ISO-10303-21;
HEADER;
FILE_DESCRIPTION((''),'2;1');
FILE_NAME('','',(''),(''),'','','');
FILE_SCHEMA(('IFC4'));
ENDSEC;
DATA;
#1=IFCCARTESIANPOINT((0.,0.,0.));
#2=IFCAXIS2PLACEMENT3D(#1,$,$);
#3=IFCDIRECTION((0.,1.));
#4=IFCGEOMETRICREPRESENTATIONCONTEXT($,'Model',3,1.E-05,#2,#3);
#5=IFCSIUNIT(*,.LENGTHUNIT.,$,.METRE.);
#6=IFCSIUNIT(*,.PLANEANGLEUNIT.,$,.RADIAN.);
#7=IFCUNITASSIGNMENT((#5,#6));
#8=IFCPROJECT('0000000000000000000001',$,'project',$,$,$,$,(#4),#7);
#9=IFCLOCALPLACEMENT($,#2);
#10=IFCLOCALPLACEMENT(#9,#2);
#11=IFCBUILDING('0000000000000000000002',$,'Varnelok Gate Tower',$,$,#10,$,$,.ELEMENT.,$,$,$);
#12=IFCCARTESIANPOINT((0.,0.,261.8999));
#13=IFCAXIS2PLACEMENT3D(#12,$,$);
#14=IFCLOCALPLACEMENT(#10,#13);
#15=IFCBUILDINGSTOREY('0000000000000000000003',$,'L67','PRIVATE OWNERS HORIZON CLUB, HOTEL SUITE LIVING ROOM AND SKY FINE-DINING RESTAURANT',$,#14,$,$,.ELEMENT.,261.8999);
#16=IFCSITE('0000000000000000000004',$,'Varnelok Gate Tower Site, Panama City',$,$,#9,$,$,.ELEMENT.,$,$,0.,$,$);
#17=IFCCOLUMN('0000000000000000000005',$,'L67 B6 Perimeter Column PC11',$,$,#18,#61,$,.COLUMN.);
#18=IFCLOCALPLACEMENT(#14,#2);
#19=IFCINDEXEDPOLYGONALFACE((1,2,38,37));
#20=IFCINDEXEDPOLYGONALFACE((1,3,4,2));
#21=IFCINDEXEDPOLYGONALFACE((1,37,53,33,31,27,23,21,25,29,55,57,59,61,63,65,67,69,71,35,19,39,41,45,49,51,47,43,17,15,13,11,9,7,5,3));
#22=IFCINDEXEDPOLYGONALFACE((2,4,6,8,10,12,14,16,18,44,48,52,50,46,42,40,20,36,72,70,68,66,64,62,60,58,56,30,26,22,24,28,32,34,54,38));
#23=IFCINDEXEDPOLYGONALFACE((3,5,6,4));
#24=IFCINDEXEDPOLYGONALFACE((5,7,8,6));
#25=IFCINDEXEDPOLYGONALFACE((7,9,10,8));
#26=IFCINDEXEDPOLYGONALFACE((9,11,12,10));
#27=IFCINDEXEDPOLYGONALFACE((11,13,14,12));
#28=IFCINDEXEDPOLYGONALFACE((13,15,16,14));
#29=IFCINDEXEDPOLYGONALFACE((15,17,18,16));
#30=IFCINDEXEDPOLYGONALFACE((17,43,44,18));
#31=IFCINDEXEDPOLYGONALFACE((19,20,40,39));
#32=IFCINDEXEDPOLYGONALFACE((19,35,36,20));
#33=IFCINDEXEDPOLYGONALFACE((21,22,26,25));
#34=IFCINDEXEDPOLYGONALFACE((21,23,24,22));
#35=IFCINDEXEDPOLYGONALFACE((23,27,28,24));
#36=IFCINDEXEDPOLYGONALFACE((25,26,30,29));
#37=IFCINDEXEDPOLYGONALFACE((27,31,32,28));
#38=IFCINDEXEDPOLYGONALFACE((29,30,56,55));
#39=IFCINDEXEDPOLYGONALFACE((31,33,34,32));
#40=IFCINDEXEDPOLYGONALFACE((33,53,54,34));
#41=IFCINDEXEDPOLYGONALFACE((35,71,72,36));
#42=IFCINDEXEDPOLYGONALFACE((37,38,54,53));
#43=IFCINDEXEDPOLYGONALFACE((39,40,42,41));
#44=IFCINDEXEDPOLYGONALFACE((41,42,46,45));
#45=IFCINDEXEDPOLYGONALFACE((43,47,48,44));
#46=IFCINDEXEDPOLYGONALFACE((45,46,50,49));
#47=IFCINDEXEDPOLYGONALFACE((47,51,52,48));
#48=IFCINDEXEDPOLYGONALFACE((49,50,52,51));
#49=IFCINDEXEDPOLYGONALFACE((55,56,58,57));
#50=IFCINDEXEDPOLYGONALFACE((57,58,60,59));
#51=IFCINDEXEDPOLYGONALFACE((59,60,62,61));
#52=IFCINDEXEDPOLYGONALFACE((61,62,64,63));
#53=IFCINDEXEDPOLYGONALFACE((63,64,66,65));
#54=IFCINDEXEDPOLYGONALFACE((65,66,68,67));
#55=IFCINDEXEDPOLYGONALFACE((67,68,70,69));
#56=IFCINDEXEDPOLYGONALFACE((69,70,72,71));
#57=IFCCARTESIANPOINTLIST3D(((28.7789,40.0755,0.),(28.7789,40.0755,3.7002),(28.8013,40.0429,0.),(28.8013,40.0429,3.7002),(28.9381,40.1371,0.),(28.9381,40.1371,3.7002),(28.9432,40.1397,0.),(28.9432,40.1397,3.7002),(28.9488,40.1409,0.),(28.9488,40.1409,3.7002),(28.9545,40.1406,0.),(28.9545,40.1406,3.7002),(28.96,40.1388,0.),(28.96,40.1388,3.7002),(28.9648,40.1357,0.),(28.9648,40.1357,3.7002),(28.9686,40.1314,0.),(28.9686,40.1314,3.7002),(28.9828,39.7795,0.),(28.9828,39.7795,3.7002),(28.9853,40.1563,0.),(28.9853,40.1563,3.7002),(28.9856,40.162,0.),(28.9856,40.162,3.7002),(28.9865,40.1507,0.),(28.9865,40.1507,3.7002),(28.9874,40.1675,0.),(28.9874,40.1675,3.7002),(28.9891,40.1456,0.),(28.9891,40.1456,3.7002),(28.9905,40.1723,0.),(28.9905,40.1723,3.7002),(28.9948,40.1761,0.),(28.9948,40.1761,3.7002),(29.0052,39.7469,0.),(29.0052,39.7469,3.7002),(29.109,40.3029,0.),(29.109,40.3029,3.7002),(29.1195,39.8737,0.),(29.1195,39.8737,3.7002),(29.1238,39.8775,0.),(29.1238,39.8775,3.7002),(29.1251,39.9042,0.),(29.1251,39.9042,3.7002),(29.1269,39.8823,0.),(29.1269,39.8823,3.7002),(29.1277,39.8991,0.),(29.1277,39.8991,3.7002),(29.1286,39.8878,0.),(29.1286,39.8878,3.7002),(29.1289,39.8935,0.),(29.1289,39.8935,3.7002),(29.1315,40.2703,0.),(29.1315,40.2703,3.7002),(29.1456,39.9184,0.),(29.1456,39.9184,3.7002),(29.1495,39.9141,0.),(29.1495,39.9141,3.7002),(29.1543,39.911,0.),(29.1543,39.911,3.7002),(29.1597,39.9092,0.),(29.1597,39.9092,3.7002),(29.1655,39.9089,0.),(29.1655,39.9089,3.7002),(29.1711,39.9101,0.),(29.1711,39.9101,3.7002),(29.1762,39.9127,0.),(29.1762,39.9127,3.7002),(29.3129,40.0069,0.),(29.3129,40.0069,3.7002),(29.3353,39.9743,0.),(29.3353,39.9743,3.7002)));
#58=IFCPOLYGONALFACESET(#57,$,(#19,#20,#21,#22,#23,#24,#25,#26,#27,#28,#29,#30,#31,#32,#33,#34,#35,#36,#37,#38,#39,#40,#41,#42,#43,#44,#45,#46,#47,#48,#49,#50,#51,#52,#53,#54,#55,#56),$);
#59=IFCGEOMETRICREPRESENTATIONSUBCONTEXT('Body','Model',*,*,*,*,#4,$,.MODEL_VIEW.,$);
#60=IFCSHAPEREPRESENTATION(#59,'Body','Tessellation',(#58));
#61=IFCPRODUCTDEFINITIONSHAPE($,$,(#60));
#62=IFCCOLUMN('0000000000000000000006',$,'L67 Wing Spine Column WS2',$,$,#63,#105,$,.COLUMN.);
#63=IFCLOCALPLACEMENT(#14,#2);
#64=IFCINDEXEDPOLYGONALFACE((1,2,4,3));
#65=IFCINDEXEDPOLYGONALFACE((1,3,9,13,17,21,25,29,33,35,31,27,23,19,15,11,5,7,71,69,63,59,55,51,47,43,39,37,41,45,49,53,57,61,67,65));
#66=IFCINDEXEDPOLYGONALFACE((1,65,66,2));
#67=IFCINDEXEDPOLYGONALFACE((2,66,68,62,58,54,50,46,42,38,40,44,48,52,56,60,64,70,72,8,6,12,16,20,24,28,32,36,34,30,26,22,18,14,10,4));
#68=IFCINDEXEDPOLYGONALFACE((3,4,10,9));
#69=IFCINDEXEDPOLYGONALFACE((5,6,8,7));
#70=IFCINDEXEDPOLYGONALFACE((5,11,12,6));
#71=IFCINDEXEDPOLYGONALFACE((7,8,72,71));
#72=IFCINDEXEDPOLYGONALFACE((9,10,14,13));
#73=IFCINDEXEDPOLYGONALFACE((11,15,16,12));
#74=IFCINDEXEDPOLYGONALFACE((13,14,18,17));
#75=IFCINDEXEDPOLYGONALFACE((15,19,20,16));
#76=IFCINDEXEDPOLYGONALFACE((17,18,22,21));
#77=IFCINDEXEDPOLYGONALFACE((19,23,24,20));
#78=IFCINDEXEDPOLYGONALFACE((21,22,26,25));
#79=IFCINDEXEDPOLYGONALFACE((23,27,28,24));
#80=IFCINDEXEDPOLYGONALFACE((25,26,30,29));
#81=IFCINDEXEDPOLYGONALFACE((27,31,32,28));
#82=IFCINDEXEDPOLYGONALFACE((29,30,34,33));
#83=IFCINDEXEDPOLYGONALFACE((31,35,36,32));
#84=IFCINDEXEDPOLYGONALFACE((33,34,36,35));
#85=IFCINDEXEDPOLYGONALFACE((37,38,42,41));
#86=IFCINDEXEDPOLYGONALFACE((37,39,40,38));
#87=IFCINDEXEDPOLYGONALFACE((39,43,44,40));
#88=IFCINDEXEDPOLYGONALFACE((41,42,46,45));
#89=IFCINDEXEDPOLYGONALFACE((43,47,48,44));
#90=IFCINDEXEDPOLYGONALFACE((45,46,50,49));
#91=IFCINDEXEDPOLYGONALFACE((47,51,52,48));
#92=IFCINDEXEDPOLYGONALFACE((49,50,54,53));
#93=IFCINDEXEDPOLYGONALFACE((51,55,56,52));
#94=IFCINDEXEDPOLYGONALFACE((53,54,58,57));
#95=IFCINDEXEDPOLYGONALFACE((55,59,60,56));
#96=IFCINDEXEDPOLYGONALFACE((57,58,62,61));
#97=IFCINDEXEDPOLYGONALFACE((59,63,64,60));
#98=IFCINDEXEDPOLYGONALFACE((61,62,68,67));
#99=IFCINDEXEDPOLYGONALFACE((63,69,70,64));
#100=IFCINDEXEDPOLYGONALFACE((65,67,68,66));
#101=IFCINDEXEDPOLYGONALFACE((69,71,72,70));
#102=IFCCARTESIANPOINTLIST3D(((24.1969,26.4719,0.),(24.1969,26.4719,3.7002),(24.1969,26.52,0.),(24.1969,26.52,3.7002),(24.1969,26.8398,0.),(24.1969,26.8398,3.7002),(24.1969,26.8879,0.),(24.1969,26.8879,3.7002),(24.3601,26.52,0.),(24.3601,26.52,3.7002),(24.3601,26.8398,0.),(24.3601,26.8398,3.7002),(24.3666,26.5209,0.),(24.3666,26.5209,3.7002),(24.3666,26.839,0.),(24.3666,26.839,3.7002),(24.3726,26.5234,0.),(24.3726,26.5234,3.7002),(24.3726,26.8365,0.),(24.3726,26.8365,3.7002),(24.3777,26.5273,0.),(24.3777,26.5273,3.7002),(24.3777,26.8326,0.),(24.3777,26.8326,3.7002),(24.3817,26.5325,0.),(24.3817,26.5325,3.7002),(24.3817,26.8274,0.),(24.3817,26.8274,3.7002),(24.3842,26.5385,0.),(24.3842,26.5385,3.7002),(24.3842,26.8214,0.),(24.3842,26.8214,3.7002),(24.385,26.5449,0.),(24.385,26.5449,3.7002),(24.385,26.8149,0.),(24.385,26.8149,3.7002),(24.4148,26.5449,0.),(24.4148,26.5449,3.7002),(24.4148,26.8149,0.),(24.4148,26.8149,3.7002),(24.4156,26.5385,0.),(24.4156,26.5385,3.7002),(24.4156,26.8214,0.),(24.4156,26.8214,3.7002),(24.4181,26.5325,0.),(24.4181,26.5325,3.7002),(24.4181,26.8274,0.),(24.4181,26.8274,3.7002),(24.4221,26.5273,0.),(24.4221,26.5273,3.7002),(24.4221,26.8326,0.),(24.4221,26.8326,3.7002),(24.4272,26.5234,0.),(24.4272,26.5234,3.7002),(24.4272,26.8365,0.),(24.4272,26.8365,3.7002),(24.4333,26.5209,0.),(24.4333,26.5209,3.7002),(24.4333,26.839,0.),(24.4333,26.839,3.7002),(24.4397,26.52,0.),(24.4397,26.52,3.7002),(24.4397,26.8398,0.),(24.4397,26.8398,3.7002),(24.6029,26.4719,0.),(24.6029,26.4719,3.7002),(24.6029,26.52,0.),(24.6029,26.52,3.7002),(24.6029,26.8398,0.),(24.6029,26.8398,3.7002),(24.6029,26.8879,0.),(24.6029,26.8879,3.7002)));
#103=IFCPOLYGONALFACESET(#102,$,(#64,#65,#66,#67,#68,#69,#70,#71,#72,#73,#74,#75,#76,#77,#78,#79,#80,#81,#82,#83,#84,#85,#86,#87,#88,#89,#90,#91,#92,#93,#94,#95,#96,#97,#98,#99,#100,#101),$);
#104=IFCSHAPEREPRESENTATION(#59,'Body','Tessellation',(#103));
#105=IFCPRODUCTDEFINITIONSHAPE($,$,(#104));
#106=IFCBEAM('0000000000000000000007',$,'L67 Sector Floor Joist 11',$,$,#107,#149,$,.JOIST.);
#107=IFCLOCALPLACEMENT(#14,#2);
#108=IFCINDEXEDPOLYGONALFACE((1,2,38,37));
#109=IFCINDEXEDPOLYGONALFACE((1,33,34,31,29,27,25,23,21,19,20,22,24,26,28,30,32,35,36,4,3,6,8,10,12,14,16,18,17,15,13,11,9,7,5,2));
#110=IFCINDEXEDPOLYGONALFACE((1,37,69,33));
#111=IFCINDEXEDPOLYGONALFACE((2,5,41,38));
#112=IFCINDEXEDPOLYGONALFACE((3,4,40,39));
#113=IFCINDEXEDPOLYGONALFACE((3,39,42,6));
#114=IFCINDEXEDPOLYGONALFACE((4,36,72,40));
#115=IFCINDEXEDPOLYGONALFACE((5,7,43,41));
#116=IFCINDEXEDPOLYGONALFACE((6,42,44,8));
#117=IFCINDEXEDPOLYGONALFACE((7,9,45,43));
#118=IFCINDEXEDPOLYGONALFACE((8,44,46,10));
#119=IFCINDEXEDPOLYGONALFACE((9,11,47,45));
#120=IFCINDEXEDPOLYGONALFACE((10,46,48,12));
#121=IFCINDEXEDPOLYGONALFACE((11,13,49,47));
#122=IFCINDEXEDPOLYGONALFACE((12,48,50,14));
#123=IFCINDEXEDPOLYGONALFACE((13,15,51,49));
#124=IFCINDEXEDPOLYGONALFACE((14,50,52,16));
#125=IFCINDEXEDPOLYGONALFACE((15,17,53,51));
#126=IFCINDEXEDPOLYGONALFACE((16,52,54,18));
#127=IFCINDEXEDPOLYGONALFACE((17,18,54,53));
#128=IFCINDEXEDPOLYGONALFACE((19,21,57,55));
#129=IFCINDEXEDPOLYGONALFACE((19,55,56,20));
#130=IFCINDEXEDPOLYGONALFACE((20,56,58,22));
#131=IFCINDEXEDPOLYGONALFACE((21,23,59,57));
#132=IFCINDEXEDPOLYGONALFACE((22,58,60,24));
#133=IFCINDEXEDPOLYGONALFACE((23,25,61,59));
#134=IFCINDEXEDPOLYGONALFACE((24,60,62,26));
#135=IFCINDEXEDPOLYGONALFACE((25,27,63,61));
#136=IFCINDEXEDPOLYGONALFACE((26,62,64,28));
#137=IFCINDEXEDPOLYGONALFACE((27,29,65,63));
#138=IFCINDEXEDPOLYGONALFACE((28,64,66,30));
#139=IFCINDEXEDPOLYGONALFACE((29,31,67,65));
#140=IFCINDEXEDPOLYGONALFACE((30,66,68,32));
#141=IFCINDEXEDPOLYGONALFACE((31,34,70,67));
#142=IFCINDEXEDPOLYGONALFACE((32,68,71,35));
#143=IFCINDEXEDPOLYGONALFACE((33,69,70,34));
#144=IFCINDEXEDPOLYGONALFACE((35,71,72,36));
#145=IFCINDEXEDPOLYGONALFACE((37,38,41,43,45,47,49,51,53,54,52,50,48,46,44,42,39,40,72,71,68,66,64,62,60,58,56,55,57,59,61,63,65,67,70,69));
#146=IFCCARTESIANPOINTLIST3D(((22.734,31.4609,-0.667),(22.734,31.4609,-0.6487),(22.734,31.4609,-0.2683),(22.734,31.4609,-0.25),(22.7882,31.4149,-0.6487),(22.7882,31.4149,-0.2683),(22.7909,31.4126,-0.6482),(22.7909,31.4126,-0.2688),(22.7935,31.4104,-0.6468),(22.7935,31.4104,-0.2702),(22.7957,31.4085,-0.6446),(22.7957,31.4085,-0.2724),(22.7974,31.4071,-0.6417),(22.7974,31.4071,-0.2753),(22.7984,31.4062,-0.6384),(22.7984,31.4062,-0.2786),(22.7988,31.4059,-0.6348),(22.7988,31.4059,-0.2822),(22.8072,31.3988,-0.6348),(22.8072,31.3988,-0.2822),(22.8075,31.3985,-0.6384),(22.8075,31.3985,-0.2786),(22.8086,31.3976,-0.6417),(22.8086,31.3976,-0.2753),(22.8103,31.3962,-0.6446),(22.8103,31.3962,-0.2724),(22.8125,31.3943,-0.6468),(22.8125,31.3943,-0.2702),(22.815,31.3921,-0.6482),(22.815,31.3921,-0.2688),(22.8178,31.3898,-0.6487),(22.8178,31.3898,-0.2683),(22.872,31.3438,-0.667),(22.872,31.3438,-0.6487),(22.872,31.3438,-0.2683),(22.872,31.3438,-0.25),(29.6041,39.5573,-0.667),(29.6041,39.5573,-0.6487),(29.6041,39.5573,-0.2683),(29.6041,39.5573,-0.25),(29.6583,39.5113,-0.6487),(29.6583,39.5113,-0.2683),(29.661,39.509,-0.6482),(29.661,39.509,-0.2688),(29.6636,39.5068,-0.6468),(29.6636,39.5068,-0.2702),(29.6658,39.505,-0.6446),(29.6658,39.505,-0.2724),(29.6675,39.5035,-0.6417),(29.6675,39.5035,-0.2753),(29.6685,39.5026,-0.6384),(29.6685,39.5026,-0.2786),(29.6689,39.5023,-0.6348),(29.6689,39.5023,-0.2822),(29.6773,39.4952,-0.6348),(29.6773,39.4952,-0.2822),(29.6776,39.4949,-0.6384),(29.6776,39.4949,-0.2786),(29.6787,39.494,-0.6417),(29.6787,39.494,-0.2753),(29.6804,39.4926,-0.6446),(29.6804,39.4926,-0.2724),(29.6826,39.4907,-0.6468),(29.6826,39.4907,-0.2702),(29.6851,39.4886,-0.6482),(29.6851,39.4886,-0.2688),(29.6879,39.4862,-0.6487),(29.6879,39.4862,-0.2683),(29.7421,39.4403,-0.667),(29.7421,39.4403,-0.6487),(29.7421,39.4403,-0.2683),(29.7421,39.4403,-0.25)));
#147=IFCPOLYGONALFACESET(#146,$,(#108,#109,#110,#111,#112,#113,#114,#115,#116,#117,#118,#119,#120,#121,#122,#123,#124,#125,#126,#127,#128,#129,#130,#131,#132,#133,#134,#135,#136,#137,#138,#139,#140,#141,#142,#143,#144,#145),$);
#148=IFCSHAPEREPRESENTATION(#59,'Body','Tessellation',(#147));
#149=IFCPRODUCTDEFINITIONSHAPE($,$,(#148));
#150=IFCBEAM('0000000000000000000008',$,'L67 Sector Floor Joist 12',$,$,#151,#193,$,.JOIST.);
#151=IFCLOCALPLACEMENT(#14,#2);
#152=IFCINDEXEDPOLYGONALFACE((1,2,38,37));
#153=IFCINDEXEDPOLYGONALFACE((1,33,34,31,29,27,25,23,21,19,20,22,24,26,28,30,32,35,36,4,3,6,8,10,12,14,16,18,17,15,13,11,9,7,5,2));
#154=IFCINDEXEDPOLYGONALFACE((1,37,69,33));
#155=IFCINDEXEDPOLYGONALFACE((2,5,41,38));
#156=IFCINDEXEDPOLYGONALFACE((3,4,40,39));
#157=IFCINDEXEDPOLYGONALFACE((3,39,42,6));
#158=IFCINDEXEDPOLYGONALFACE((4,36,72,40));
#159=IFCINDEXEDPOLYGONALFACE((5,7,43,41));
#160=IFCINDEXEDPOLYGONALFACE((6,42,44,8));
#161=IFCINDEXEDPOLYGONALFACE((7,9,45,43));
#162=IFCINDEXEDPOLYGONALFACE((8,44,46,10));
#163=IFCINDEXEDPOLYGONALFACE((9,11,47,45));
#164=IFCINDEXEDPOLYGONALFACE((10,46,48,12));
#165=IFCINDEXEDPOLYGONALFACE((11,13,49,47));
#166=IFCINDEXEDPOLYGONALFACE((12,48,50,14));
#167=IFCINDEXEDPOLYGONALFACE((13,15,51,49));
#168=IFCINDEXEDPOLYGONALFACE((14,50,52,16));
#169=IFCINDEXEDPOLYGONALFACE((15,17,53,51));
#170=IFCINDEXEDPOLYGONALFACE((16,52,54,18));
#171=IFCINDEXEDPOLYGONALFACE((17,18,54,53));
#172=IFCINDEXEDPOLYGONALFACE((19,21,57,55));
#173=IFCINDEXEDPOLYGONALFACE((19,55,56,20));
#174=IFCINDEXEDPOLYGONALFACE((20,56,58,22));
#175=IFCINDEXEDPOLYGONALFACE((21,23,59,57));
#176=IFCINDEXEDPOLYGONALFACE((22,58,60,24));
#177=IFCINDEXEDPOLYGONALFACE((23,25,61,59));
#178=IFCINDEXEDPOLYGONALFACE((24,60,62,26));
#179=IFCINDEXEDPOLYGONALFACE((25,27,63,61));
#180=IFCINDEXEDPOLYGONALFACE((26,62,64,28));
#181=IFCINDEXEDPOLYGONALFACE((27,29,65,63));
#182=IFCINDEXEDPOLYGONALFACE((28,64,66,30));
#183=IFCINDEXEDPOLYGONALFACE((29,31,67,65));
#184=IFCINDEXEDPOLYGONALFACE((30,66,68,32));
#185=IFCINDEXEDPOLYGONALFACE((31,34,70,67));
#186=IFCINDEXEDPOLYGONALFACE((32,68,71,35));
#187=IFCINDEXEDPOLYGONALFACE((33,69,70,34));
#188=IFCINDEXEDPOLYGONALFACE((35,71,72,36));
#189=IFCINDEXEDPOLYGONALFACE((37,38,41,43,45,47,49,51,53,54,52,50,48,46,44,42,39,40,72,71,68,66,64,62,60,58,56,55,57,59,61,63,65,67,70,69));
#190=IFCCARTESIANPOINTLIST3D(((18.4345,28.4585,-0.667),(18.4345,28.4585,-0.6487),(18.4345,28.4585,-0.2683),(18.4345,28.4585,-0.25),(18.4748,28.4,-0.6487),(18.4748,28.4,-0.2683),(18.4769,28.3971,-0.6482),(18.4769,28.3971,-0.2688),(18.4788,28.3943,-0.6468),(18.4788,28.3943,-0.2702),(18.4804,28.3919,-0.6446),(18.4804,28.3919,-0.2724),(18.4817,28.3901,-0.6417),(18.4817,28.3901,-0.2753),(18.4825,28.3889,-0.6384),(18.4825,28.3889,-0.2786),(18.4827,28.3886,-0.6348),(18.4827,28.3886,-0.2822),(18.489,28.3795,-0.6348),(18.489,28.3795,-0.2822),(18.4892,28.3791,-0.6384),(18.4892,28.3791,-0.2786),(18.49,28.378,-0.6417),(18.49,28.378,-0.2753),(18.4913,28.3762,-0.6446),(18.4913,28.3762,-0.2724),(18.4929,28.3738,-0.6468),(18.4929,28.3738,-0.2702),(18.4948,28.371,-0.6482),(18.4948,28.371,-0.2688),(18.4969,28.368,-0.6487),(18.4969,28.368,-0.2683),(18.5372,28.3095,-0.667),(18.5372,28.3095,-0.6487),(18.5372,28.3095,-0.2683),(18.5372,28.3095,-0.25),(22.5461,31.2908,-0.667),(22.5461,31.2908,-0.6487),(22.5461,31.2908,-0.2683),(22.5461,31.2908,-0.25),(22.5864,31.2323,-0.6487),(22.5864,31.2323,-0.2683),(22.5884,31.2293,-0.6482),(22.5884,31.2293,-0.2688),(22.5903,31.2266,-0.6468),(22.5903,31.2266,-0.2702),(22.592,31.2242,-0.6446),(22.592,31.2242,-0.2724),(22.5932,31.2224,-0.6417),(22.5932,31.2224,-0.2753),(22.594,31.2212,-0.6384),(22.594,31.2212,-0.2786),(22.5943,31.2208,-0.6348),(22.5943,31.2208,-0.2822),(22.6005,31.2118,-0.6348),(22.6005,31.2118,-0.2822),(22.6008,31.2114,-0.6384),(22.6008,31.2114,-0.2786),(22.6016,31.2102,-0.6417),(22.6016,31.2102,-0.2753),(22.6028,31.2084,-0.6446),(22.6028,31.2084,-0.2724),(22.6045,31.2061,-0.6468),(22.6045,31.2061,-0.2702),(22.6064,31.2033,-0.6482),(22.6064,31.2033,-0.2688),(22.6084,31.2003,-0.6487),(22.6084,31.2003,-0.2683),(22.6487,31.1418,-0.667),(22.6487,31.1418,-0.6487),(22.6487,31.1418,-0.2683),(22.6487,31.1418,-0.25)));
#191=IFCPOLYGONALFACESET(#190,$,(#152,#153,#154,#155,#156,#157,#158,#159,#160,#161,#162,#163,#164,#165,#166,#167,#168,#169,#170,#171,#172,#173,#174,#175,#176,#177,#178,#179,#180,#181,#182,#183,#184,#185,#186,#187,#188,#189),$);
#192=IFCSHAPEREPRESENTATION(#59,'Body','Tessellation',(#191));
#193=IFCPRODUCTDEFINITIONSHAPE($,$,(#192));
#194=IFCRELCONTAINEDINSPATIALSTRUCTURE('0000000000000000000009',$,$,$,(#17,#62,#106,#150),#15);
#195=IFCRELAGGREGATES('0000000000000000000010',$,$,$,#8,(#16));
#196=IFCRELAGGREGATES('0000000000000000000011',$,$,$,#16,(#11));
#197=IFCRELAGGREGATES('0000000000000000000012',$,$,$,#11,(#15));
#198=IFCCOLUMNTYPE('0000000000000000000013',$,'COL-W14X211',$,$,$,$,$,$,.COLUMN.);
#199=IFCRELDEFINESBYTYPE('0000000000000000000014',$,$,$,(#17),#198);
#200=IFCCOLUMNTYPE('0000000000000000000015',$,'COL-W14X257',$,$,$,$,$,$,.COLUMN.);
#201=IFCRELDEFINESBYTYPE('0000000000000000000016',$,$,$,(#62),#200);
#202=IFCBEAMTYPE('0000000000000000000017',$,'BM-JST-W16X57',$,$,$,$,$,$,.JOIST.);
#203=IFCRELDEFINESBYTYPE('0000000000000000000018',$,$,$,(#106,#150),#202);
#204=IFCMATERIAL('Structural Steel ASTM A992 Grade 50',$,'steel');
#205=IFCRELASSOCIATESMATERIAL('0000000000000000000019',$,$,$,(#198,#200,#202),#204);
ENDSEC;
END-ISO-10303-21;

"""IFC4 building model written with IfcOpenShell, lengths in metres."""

from ifc_helpers import new_model, si_unit, direction, frame, origin, origin_2d, place, context, subcontext, project, spatial, i_section, extrude, material, material_profile, profile_set, type_object, element, save


model = new_model("IFC4")

# Units and contexts
model_context = context("Model", 3, precision=1e-05, world=origin(), true_north=direction((0.0, 1.0)))
body_context = subcontext(model_context, "Body", "Model", "MODEL_VIEW")
ifc_project = project(units=[si_unit("LENGTHUNIT", "METRE"), si_unit("PLANEANGLEUNIT", "RADIAN")], contexts=[model_context])

# Site, building, storey
site_placement = place(None, origin())
site = spatial("IfcSite", under=ifc_project, at=site_placement, Name="Varnelok Gate Tower Site, Panama City", CompositionType="ELEMENT", RefElevation=0.0)
building_placement = place(site_placement, origin())
building = spatial("IfcBuilding", under=site, at=building_placement, Name="Varnelok Gate Tower", CompositionType="ELEMENT")
storey_placement = place(building_placement, frame((0.0, 0.0, 261.8999)))
storey = spatial("IfcBuildingStorey", under=building, at=storey_placement, Name="L67", Description="PRIVATE OWNERS HORIZON CLUB, HOTEL SUITE LIVING ROOM AND SKY FINE-DINING RESTAURANT", CompositionType="ELEMENT", Elevation=261.8999)

# Columns
ifc_material_1 = material(Name="Structural Steel ASTM A992 Grade 50", Category="steel")
ifc_material_profile_1 = material_profile(ifc_material_1, i_section(OverallWidth=0.4009, OverallDepth=0.3989, WebThickness=0.0249, FlangeThickness=0.0396, FilletRadius=0.022, at=origin_2d()), Name="W14X211")
ifc_profile_set_1 = profile_set([ifc_material_profile_1], Name="Structural Steel ASTM A992 Grade 50")
column_type_1 = type_object("IfcColumnType", Name="COL-W14X211", PredefinedType="COLUMN", material=ifc_profile_set_1)
column_1_placement = place(storey_placement, frame((29.0571, 40.0249, 0.0), z_axis=(0.0, 0.0, 1.0), x_axis=(0.823533, 0.567269, 0.0)))
element("IfcColumn", 1, at=column_1_placement, inside=storey, type_object=column_type_1, Name="L67 B6 Perimeter Column PC11", PredefinedType="COLUMN", context=body_context, shape_type="SweptSolid", body=[
    extrude(i_section(OverallWidth=0.4009, OverallDepth=0.3989, WebThickness=0.0249, FlangeThickness=0.0396, FilletRadius=0.022, at=origin_2d()), origin(), (0.0, 0.0, 1.0), 3.7002),
])
ifc_material_profile_2 = material_profile(ifc_material_1, i_section(OverallWidth=0.406, OverallDepth=0.416, WebThickness=0.0298, FlangeThickness=0.0481, FilletRadius=0.0249, at=origin_2d()), Name="W14X257")
ifc_profile_set_2 = profile_set([ifc_material_profile_2], Name="Structural Steel ASTM A992 Grade 50")
column_type_2 = type_object("IfcColumnType", Name="COL-W14X257", PredefinedType="COLUMN", material=ifc_profile_set_2)
column_2_placement = place(storey_placement, frame((24.3999, 26.6799, 0.0), z_axis=(0.0, 0.0, 1.0), x_axis=(1.0, 0.0, 0.0)))
element("IfcColumn", 2, at=column_2_placement, inside=storey, type_object=column_type_2, Name="L67 Wing Spine Column WS2", PredefinedType="COLUMN", context=body_context, shape_type="SweptSolid", body=[
    extrude(i_section(OverallWidth=0.406, OverallDepth=0.416, WebThickness=0.0298, FlangeThickness=0.0481, FilletRadius=0.0249, at=origin_2d()), origin(), (0.0, 0.0, 1.0), 3.7002),
])

# Beams
ifc_material_profile_3 = material_profile(ifc_material_1, i_section(OverallWidth=0.1809, OverallDepth=0.417, WebThickness=0.011, FlangeThickness=0.0183, FilletRadius=0.0139, at=origin_2d()), Name="W16X57")
ifc_profile_set_3 = profile_set([ifc_material_profile_3], Name="Structural Steel ASTM A992 Grade 50")
beam_type_1 = type_object("IfcBeamType", Name="BM-JST-W16X57", PredefinedType="JOIST", material=ifc_profile_set_3)
beam_1_placement = place(storey_placement, frame((29.6731, 39.4988, -0.4585), z_axis=(-0.647, -0.76249, 0.0), x_axis=(0.76249, -0.647, 0.0)))
element("IfcBeam", 3, at=beam_1_placement, inside=storey, type_object=beam_type_1, Name="L67 Sector Floor Joist 11", PredefinedType="JOIST", context=body_context, shape_type="SweptSolid", body=[
    extrude(i_section(OverallWidth=0.1809, OverallDepth=0.417, WebThickness=0.011, FlangeThickness=0.0183, FilletRadius=0.0139, at=origin_2d()), origin(), (0.0, 0.0, 1.0), 10.6184),
])
beam_2_placement = place(storey_placement, frame((22.5974, 31.2163, -0.4585), z_axis=(-0.823521, -0.567286, 0.0), x_axis=(0.567286, -0.823521, 0.0)))
element("IfcBeam", 4, at=beam_2_placement, inside=storey, type_object=beam_type_1, Name="L67 Sector Floor Joist 12", PredefinedType="JOIST", context=body_context, shape_type="SweptSolid", body=[
    extrude(i_section(OverallWidth=0.1809, OverallDepth=0.417, WebThickness=0.011, FlangeThickness=0.0183, FilletRadius=0.0139, at=origin_2d()), origin(), (0.0, 0.0, 1.0), 4.9927),
])

save(model, "model.ifc")
